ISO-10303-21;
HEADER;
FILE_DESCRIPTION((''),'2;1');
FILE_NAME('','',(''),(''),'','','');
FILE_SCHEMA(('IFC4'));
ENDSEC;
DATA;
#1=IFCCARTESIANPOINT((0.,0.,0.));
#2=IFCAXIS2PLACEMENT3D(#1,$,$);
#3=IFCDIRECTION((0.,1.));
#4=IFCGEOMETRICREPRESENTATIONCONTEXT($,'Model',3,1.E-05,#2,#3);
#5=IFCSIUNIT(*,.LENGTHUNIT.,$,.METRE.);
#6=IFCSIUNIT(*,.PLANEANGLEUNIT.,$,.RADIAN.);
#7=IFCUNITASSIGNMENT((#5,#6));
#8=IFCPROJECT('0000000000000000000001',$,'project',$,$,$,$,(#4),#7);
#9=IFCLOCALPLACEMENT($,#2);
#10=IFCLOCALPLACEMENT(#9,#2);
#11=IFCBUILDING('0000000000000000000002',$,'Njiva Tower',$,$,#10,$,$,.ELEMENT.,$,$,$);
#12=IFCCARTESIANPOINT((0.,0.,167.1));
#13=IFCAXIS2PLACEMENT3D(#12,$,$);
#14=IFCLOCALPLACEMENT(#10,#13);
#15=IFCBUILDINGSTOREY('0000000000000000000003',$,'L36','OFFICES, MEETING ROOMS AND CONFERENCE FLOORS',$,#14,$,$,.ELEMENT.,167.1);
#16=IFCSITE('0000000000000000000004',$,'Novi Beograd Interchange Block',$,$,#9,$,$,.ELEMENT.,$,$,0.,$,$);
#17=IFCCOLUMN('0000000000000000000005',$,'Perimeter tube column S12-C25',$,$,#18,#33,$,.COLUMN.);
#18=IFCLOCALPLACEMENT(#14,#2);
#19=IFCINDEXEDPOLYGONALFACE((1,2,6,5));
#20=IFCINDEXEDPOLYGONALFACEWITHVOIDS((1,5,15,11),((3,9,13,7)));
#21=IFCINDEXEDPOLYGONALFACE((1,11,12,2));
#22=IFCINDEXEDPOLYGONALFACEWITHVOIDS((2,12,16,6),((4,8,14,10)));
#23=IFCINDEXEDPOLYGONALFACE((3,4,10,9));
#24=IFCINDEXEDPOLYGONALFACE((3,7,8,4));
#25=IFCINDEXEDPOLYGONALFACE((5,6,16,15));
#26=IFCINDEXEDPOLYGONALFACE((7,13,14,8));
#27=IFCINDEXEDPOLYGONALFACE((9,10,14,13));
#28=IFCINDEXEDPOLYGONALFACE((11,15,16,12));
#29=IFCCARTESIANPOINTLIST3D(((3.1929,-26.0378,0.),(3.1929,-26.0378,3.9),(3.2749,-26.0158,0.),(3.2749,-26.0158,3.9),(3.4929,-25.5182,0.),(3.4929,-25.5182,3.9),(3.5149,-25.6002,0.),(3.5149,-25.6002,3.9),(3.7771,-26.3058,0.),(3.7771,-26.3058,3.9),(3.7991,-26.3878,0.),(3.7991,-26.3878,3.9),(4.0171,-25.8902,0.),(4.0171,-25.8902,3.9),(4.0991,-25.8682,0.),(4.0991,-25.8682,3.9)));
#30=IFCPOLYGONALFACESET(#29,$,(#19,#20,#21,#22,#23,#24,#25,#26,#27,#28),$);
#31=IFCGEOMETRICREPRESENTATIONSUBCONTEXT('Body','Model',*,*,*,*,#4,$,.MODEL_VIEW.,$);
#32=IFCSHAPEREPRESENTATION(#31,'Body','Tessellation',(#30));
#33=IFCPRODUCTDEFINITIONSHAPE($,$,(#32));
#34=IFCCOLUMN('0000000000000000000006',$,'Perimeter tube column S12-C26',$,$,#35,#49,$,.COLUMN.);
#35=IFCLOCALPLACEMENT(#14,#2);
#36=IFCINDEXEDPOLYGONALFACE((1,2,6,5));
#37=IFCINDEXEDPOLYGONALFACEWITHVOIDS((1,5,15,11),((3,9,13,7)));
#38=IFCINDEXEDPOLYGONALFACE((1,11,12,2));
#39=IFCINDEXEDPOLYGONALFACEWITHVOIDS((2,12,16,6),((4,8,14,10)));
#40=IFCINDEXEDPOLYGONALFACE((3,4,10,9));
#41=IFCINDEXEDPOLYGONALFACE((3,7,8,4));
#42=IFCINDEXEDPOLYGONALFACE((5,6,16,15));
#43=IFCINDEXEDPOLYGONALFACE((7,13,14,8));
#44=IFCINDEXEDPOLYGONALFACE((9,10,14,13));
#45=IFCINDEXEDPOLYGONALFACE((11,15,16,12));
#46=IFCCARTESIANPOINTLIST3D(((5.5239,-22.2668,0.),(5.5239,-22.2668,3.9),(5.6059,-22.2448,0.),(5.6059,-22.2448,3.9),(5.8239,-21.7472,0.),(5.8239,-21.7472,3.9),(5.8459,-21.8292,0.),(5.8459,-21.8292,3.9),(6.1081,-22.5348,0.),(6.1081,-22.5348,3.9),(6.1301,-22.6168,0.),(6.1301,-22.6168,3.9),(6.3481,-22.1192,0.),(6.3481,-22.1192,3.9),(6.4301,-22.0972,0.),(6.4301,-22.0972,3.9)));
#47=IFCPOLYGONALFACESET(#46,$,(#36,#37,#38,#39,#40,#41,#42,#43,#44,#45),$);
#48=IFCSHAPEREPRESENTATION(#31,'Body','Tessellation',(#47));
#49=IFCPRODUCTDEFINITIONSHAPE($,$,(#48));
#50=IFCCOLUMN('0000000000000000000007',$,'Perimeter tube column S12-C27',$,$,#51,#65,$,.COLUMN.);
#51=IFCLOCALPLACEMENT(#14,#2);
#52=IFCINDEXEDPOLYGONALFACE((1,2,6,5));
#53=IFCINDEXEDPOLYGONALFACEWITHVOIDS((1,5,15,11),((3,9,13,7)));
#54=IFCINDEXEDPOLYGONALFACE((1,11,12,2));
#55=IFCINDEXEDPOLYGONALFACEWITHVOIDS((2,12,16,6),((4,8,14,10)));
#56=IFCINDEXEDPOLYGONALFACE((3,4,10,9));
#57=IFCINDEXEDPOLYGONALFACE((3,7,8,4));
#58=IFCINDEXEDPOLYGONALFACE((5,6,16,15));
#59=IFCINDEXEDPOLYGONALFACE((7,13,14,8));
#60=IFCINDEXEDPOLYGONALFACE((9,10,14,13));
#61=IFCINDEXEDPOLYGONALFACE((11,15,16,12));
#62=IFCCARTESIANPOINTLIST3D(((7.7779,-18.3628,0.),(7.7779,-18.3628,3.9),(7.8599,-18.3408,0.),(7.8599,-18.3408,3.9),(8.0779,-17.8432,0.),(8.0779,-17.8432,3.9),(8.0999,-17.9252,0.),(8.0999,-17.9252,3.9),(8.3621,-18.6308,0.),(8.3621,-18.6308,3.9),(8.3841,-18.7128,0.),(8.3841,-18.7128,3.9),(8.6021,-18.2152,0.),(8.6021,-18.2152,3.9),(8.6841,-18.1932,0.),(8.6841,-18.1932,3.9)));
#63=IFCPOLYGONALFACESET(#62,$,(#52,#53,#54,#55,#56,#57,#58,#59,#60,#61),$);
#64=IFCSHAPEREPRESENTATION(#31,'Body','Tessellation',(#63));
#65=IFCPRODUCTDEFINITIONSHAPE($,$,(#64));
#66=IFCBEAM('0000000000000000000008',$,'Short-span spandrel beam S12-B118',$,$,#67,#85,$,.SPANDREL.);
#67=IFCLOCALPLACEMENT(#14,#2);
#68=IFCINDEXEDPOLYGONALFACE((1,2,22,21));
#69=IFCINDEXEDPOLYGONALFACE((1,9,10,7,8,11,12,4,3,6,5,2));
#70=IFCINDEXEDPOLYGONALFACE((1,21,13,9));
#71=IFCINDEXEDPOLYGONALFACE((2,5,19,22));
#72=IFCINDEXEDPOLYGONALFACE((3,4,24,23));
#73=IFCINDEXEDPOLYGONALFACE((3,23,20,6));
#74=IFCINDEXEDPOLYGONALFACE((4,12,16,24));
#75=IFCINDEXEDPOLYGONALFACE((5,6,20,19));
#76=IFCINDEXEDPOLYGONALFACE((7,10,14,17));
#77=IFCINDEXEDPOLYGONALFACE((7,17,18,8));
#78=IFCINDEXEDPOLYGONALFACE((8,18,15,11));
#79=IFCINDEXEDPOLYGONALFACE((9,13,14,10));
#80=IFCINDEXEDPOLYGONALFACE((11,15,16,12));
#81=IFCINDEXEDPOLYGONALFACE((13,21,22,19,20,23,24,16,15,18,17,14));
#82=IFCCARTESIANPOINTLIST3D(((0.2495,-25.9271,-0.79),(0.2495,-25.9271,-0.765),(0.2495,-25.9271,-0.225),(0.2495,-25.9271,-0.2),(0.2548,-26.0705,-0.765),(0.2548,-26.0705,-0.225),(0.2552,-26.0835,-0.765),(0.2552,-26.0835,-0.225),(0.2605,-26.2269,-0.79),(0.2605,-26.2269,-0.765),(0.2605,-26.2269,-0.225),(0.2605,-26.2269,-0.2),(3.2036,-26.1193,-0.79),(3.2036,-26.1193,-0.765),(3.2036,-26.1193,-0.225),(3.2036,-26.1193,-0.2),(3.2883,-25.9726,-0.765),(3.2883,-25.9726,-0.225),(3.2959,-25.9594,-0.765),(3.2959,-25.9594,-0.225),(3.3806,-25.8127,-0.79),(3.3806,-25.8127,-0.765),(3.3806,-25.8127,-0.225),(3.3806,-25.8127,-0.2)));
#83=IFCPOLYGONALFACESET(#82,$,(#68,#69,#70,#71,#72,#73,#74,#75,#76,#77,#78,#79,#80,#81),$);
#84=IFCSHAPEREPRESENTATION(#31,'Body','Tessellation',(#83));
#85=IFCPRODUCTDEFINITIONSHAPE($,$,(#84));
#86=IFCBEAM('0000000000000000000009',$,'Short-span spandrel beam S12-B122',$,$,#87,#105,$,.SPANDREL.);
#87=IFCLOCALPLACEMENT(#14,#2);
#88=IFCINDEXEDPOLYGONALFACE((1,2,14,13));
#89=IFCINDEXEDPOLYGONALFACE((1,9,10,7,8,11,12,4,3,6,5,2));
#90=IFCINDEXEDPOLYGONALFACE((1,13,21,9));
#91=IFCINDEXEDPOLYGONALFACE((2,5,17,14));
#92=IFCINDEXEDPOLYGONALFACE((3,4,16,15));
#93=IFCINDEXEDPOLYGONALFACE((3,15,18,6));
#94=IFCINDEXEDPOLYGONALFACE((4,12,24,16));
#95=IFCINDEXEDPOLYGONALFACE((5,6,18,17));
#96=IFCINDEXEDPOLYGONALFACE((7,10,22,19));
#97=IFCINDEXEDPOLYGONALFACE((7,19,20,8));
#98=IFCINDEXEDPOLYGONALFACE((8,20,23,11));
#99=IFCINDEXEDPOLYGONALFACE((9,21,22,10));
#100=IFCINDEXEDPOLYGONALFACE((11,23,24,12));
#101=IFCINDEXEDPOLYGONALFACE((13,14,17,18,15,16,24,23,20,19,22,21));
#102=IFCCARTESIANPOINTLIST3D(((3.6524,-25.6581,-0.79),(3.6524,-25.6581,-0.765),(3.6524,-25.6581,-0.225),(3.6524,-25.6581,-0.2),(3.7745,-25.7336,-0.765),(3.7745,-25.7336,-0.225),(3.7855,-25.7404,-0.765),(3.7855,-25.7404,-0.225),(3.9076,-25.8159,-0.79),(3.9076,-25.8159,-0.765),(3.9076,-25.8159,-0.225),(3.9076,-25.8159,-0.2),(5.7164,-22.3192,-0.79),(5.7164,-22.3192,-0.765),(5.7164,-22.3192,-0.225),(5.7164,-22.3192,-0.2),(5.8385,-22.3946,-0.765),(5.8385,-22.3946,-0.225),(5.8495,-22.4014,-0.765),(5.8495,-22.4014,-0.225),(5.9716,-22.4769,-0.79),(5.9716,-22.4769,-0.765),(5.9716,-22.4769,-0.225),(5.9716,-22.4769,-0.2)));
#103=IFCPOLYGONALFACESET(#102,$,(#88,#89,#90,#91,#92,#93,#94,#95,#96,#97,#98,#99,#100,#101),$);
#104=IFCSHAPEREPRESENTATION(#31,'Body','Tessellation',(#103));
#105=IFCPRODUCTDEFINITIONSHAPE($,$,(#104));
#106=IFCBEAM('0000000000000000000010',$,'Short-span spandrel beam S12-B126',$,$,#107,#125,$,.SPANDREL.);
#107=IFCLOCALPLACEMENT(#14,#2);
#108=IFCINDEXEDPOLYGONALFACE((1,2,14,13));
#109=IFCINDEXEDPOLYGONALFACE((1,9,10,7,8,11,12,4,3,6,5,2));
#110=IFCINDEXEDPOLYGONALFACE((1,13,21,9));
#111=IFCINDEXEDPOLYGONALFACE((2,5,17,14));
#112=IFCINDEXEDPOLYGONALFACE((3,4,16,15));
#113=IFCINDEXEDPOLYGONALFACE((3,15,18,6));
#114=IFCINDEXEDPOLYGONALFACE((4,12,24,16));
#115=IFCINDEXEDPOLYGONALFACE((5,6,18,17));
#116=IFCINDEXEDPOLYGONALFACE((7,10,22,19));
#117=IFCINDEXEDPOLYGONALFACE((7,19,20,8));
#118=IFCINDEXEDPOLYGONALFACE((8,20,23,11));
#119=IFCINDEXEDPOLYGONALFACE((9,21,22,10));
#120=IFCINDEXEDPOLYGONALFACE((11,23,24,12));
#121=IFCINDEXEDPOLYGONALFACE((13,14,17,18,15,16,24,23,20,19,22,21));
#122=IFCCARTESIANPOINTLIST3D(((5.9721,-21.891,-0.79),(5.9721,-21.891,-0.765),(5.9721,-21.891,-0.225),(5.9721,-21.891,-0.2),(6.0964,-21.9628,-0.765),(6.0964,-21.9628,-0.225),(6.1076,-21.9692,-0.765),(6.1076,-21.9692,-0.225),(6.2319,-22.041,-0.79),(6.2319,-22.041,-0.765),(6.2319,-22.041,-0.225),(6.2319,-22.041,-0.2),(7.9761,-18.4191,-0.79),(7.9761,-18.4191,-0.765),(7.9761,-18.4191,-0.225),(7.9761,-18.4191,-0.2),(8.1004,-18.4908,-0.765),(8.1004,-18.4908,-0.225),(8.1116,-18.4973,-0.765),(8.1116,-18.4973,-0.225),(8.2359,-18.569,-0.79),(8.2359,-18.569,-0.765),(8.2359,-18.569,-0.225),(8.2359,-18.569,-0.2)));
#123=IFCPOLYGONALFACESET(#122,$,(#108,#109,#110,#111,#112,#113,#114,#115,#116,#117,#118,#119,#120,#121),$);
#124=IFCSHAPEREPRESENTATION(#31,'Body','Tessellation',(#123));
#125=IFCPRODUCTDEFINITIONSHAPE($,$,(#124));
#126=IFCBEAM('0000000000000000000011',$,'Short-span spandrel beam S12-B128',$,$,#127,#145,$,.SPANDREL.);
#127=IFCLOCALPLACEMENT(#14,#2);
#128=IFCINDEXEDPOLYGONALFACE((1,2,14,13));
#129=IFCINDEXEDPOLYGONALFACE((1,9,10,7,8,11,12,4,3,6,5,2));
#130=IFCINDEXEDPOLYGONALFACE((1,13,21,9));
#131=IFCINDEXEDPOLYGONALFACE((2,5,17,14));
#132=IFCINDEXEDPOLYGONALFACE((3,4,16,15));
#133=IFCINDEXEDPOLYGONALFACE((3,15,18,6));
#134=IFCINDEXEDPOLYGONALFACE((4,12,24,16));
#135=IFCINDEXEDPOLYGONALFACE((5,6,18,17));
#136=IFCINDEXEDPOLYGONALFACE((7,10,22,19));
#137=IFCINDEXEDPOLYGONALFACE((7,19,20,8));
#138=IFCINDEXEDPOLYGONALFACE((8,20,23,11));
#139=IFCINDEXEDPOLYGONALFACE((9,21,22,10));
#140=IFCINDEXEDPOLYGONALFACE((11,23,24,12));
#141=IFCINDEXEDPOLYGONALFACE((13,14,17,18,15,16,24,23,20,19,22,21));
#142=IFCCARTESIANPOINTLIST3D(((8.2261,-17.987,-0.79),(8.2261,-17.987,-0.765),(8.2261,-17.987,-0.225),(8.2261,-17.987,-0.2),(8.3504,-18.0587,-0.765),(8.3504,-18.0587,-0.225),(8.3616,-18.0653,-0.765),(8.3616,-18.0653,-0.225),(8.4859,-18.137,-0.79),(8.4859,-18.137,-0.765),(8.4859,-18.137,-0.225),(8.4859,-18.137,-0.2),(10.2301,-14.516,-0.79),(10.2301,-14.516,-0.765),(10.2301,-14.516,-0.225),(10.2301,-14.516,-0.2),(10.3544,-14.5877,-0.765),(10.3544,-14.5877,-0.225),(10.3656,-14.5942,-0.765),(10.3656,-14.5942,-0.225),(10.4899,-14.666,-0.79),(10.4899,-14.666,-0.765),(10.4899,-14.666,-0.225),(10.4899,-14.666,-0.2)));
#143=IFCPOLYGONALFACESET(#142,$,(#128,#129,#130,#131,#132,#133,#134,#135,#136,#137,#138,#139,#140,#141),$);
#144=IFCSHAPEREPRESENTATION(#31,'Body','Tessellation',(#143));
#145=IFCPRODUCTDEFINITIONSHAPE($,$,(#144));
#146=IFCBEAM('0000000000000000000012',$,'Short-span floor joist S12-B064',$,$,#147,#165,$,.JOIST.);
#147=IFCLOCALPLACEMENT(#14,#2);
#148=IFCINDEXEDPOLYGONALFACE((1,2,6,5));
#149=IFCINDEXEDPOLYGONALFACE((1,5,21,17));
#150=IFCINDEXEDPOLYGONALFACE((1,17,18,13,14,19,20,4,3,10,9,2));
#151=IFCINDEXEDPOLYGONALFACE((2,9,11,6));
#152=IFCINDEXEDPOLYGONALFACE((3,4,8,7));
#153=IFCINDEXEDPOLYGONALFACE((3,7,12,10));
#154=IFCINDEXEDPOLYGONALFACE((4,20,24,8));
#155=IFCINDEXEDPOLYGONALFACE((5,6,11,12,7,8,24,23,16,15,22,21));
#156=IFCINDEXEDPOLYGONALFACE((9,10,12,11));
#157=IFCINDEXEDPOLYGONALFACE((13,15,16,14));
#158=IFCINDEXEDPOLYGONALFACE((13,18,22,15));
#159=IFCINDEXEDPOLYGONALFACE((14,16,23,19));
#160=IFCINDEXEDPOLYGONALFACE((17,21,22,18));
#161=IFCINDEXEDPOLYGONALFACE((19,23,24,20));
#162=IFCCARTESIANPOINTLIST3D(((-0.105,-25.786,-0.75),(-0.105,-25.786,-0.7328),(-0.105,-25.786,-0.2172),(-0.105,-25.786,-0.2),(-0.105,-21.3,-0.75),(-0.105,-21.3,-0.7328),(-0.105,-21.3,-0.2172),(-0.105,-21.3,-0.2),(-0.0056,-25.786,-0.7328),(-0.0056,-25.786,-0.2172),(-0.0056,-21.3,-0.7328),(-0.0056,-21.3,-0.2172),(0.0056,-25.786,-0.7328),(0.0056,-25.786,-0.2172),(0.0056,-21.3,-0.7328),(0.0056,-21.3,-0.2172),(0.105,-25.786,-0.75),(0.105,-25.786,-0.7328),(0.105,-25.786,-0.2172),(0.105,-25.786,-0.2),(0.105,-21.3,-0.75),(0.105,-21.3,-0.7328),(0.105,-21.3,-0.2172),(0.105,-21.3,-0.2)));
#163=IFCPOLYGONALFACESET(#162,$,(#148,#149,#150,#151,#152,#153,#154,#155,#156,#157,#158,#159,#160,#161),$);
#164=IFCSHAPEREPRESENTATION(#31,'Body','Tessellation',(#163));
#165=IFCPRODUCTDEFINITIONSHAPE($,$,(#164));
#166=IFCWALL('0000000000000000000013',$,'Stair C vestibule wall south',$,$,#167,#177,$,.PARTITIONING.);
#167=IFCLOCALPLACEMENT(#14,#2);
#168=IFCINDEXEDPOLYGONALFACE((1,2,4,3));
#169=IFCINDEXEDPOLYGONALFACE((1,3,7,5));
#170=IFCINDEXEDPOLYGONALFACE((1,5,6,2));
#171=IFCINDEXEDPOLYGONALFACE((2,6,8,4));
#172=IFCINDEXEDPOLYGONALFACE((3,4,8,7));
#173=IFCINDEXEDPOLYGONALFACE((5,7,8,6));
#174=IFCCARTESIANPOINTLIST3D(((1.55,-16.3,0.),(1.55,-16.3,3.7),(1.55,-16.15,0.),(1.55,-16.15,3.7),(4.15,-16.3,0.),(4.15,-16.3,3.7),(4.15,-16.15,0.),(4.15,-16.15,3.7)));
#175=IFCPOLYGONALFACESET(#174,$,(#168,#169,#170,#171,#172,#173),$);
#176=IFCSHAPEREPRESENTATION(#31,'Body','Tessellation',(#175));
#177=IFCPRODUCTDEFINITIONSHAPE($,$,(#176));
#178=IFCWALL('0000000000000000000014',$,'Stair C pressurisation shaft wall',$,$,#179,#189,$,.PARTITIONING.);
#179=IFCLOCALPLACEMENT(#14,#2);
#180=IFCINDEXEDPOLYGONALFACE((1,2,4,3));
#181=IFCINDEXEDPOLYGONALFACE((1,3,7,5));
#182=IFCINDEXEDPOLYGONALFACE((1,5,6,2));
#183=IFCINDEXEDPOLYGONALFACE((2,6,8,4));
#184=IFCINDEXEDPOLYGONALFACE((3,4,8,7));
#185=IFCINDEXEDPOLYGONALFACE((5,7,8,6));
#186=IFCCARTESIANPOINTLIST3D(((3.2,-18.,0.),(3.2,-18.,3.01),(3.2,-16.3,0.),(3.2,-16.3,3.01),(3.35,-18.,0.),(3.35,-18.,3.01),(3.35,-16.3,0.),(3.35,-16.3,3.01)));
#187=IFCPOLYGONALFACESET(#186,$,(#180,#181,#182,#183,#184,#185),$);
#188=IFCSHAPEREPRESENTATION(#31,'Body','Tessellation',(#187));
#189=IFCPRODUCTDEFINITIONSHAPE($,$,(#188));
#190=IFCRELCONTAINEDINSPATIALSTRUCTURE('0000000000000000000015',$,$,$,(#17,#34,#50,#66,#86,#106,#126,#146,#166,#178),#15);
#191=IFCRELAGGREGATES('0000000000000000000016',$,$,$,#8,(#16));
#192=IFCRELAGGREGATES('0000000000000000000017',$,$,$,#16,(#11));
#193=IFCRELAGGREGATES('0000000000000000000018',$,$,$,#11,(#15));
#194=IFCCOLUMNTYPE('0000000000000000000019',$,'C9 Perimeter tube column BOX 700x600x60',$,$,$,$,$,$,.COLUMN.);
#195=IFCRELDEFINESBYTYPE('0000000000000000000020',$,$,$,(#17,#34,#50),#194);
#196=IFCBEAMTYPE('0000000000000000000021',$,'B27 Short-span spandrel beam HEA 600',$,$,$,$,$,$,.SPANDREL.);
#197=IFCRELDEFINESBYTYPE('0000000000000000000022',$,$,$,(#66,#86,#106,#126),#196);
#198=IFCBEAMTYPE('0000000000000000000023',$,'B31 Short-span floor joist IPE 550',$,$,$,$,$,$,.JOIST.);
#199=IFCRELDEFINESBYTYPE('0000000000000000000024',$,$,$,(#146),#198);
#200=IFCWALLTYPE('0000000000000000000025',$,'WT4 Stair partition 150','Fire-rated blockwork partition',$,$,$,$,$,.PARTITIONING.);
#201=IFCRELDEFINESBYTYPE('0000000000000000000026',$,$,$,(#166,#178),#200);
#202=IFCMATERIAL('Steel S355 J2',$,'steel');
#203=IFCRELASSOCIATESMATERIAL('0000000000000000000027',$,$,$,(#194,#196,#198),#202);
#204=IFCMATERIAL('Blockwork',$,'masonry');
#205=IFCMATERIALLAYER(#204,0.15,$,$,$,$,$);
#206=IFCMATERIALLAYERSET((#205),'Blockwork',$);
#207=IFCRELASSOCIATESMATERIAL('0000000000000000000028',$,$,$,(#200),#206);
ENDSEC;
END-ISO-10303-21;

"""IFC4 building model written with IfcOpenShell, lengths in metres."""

from ifc_helpers import new_model, si_unit, direction, frame, frame_2d, origin, origin_2d, place, context, subcontext, project, spatial, rectangle, hollow_rectangle, i_section, extrude, clip, halfspace, material, layer, layer_set, material_profile, profile_set, type_object, element, save


model = new_model("IFC4")

# Units and contexts
model_context = context("Model", 3, precision=1e-05, world=origin(), true_north=direction((0.0, 1.0)))
body_context = subcontext(model_context, "Body", "Model", "MODEL_VIEW")
ifc_project = project(units=[si_unit("LENGTHUNIT", "METRE"), si_unit("PLANEANGLEUNIT", "RADIAN")], contexts=[model_context])

# Site, building, storey
site_placement = place(None, origin())
site = spatial("IfcSite", under=ifc_project, at=site_placement, Name="Novi Beograd Interchange Block", CompositionType="ELEMENT", RefElevation=0.0)
building_placement = place(site_placement, origin())
building = spatial("IfcBuilding", under=site, at=building_placement, Name="Njiva Tower", CompositionType="ELEMENT")
storey_placement = place(building_placement, frame((0.0, 0.0, 167.1)))
storey = spatial("IfcBuildingStorey", under=building, at=storey_placement, Name="L36", Description="OFFICES, MEETING ROOMS AND CONFERENCE FLOORS", CompositionType="ELEMENT", Elevation=167.1)

# Columns
ifc_material_1 = material(Name="Steel S355 J2", Category="steel")
ifc_material_profile_1 = material_profile(ifc_material_1, hollow_rectangle(XDim=0.6, YDim=0.7, WallThickness=0.06, at=origin_2d()), Name="BOX 700x600x60")
ifc_profile_set_1 = profile_set([ifc_material_profile_1], Name="Steel S355 J2")
column_type = type_object("IfcColumnType", Name="C9 Perimeter tube column BOX 700x600x60", PredefinedType="COLUMN", material=ifc_profile_set_1)
for number, where, z_axis, x_axis, name in (
    (1, (3.646, -25.953, 0.0), (0.0, 0.0, 1.0), (0.5, 0.866025, 0.0), "Perimeter tube column S12-C25"),
    (2, (5.977, -22.182, 0.0), (0.0, 0.0, 1.0), (0.5, 0.866025, 0.0), "Perimeter tube column S12-C26"),
    (3, (8.231, -18.278, 0.0), (0.0, 0.0, 1.0), (0.5, 0.866025, 0.0), "Perimeter tube column S12-C27"),
):
    element("IfcColumn", number, at=place(storey_placement, frame(where, z_axis=z_axis, x_axis=x_axis)), inside=storey, type_object=column_type, Name=name, PredefinedType="COLUMN", context=body_context, shape_type="SweptSolid", body=[
        extrude(hollow_rectangle(XDim=0.6, YDim=0.7, WallThickness=0.06, at=origin_2d()), origin(), (0.0, 0.0, 1.0), 3.9),
    ])

# Beams
ifc_material_profile_2 = material_profile(ifc_material_1, i_section(OverallWidth=0.3, OverallDepth=0.59, WebThickness=0.013, FlangeThickness=0.025, at=origin_2d()), Name="HEA 600")
ifc_profile_set_2 = profile_set([ifc_material_profile_2], Name="Steel S355 J2")
beam_type_1 = type_object("IfcBeamType", Name="B27 Short-span spandrel beam HEA 600", PredefinedType="SPANDREL", material=ifc_profile_set_2)
beam_1_placement = place(storey_placement, frame((0.255, -26.077, -0.495), z_axis=(0.999333, 0.036525, 0.0), x_axis=(-0.036525, 0.999333, 0.0)))
element("IfcBeam", 4, at=beam_1_placement, inside=storey, type_object=beam_type_1, Name="Short-span spandrel beam S12-B118", PredefinedType="SPANDREL", context=body_context, shape_type="Clipping", body=[
    clip(extrude(i_section(OverallWidth=0.3, OverallDepth=0.59, WebThickness=0.013, FlangeThickness=0.025, at=origin_2d()), origin(), (0.0, 0.0, 1.0), 3.153), halfspace(frame((-0.0262, 0.0, 3.0227), z_axis=(-0.531296, 0.0, 0.847186), x_axis=(0.0, 1.0, 0.0)), False)),
])
beam_2_placement = place(storey_placement, frame((3.78, -25.737, -0.495), z_axis=(0.525802, 0.850607, 0.0), x_axis=(-0.850607, 0.525802, 0.0)))
element("IfcBeam", 5, at=beam_2_placement, inside=storey, type_object=beam_type_1, Name="Short-span spandrel beam S12-B122", PredefinedType="SPANDREL", context=body_context, shape_type="SweptSolid", body=[
    extrude(i_section(OverallWidth=0.3, OverallDepth=0.59, WebThickness=0.013, FlangeThickness=0.025, at=origin_2d()), origin(), (0.0, 0.0, 1.0), 3.9254),
])
beam_3_placement = place(storey_placement, frame((6.102, -21.966, -0.495), z_axis=(0.499895, 0.866086, 0.0), x_axis=(-0.866086, 0.499895, 0.0)))
element("IfcBeam", 6, at=beam_3_placement, inside=storey, type_object=beam_type_1, Name="Short-span spandrel beam S12-B126", PredefinedType="SPANDREL", context=body_context, shape_type="SweptSolid", body=[
    extrude(i_section(OverallWidth=0.3, OverallDepth=0.59, WebThickness=0.013, FlangeThickness=0.025, at=origin_2d()), origin(), (0.0, 0.0, 1.0), 4.0088),
])
beam_4_placement = place(storey_placement, frame((8.356, -18.062, -0.495), z_axis=(0.500003, 0.866024, 0.0), x_axis=(-0.866024, 0.500003, 0.0)))
element("IfcBeam", 7, at=beam_4_placement, inside=storey, type_object=beam_type_1, Name="Short-span spandrel beam S12-B128", PredefinedType="SPANDREL", context=body_context, shape_type="SweptSolid", body=[
    extrude(i_section(OverallWidth=0.3, OverallDepth=0.59, WebThickness=0.013, FlangeThickness=0.025, at=origin_2d()), origin(), (0.0, 0.0, 1.0), 4.008),
])
ifc_material_profile_3 = material_profile(ifc_material_1, i_section(OverallWidth=0.21, OverallDepth=0.55, WebThickness=0.0111, FlangeThickness=0.0172, at=origin_2d()), Name="IPE 550")
ifc_profile_set_3 = profile_set([ifc_material_profile_3], Name="Steel S355 J2")
beam_type_2 = type_object("IfcBeamType", Name="B31 Short-span floor joist IPE 550", PredefinedType="JOIST", material=ifc_profile_set_3)
beam_5_placement = place(storey_placement, frame((0.0, -21.3, -0.475), z_axis=(0.0, -1.0, 0.0), x_axis=(1.0, 0.0, 0.0)))
element("IfcBeam", 8, at=beam_5_placement, inside=storey, type_object=beam_type_2, Name="Short-span floor joist S12-B064", PredefinedType="JOIST", context=body_context, shape_type="SweptSolid", body=[
    extrude(i_section(OverallWidth=0.21, OverallDepth=0.55, WebThickness=0.0111, FlangeThickness=0.0172, at=origin_2d()), origin(), (0.0, 0.0, 1.0), 4.486),
])

# Walls
ifc_material_2 = material(Name="Blockwork", Category="masonry")
ifc_layer_1 = layer(ifc_material_2, 0.15)
ifc_layer_set_1 = layer_set([ifc_layer_1], Name="Blockwork")
wall_type_1 = type_object("IfcWallType", Name="WT4 Stair partition 150", Description="Fire-rated blockwork partition", PredefinedType="PARTITIONING", material=ifc_layer_set_1)
wall_1_placement = place(storey_placement, frame((1.55, -16.225, 0.0), z_axis=(0.0, 0.0, 1.0), x_axis=(1.0, 0.0, 0.0)))
element("IfcWall", 9, at=wall_1_placement, inside=storey, type_object=wall_type_1, Name="Stair C vestibule wall south", PredefinedType="PARTITIONING", context=body_context, shape_type="SweptSolid", body=[
    extrude(rectangle(XDim=2.6, YDim=0.15, at=frame_2d((1.3, 0.0))), origin(), (0.0, 0.0, 1.0), 3.7),
])
wall_2_placement = place(storey_placement, frame((3.275, -18.0, 0.0), z_axis=(0.0, 0.0, 1.0), x_axis=(0.0, 1.0, 0.0)))
element("IfcWall", 10, at=wall_2_placement, inside=storey, type_object=wall_type_1, Name="Stair C pressurisation shaft wall", PredefinedType="PARTITIONING", context=body_context, shape_type="SweptSolid", body=[
    extrude(rectangle(XDim=1.7, YDim=0.15, at=frame_2d((0.85, 0.0))), origin(), (0.0, 0.0, 1.0), 3.01),
])

save(model, "model.ifc")
